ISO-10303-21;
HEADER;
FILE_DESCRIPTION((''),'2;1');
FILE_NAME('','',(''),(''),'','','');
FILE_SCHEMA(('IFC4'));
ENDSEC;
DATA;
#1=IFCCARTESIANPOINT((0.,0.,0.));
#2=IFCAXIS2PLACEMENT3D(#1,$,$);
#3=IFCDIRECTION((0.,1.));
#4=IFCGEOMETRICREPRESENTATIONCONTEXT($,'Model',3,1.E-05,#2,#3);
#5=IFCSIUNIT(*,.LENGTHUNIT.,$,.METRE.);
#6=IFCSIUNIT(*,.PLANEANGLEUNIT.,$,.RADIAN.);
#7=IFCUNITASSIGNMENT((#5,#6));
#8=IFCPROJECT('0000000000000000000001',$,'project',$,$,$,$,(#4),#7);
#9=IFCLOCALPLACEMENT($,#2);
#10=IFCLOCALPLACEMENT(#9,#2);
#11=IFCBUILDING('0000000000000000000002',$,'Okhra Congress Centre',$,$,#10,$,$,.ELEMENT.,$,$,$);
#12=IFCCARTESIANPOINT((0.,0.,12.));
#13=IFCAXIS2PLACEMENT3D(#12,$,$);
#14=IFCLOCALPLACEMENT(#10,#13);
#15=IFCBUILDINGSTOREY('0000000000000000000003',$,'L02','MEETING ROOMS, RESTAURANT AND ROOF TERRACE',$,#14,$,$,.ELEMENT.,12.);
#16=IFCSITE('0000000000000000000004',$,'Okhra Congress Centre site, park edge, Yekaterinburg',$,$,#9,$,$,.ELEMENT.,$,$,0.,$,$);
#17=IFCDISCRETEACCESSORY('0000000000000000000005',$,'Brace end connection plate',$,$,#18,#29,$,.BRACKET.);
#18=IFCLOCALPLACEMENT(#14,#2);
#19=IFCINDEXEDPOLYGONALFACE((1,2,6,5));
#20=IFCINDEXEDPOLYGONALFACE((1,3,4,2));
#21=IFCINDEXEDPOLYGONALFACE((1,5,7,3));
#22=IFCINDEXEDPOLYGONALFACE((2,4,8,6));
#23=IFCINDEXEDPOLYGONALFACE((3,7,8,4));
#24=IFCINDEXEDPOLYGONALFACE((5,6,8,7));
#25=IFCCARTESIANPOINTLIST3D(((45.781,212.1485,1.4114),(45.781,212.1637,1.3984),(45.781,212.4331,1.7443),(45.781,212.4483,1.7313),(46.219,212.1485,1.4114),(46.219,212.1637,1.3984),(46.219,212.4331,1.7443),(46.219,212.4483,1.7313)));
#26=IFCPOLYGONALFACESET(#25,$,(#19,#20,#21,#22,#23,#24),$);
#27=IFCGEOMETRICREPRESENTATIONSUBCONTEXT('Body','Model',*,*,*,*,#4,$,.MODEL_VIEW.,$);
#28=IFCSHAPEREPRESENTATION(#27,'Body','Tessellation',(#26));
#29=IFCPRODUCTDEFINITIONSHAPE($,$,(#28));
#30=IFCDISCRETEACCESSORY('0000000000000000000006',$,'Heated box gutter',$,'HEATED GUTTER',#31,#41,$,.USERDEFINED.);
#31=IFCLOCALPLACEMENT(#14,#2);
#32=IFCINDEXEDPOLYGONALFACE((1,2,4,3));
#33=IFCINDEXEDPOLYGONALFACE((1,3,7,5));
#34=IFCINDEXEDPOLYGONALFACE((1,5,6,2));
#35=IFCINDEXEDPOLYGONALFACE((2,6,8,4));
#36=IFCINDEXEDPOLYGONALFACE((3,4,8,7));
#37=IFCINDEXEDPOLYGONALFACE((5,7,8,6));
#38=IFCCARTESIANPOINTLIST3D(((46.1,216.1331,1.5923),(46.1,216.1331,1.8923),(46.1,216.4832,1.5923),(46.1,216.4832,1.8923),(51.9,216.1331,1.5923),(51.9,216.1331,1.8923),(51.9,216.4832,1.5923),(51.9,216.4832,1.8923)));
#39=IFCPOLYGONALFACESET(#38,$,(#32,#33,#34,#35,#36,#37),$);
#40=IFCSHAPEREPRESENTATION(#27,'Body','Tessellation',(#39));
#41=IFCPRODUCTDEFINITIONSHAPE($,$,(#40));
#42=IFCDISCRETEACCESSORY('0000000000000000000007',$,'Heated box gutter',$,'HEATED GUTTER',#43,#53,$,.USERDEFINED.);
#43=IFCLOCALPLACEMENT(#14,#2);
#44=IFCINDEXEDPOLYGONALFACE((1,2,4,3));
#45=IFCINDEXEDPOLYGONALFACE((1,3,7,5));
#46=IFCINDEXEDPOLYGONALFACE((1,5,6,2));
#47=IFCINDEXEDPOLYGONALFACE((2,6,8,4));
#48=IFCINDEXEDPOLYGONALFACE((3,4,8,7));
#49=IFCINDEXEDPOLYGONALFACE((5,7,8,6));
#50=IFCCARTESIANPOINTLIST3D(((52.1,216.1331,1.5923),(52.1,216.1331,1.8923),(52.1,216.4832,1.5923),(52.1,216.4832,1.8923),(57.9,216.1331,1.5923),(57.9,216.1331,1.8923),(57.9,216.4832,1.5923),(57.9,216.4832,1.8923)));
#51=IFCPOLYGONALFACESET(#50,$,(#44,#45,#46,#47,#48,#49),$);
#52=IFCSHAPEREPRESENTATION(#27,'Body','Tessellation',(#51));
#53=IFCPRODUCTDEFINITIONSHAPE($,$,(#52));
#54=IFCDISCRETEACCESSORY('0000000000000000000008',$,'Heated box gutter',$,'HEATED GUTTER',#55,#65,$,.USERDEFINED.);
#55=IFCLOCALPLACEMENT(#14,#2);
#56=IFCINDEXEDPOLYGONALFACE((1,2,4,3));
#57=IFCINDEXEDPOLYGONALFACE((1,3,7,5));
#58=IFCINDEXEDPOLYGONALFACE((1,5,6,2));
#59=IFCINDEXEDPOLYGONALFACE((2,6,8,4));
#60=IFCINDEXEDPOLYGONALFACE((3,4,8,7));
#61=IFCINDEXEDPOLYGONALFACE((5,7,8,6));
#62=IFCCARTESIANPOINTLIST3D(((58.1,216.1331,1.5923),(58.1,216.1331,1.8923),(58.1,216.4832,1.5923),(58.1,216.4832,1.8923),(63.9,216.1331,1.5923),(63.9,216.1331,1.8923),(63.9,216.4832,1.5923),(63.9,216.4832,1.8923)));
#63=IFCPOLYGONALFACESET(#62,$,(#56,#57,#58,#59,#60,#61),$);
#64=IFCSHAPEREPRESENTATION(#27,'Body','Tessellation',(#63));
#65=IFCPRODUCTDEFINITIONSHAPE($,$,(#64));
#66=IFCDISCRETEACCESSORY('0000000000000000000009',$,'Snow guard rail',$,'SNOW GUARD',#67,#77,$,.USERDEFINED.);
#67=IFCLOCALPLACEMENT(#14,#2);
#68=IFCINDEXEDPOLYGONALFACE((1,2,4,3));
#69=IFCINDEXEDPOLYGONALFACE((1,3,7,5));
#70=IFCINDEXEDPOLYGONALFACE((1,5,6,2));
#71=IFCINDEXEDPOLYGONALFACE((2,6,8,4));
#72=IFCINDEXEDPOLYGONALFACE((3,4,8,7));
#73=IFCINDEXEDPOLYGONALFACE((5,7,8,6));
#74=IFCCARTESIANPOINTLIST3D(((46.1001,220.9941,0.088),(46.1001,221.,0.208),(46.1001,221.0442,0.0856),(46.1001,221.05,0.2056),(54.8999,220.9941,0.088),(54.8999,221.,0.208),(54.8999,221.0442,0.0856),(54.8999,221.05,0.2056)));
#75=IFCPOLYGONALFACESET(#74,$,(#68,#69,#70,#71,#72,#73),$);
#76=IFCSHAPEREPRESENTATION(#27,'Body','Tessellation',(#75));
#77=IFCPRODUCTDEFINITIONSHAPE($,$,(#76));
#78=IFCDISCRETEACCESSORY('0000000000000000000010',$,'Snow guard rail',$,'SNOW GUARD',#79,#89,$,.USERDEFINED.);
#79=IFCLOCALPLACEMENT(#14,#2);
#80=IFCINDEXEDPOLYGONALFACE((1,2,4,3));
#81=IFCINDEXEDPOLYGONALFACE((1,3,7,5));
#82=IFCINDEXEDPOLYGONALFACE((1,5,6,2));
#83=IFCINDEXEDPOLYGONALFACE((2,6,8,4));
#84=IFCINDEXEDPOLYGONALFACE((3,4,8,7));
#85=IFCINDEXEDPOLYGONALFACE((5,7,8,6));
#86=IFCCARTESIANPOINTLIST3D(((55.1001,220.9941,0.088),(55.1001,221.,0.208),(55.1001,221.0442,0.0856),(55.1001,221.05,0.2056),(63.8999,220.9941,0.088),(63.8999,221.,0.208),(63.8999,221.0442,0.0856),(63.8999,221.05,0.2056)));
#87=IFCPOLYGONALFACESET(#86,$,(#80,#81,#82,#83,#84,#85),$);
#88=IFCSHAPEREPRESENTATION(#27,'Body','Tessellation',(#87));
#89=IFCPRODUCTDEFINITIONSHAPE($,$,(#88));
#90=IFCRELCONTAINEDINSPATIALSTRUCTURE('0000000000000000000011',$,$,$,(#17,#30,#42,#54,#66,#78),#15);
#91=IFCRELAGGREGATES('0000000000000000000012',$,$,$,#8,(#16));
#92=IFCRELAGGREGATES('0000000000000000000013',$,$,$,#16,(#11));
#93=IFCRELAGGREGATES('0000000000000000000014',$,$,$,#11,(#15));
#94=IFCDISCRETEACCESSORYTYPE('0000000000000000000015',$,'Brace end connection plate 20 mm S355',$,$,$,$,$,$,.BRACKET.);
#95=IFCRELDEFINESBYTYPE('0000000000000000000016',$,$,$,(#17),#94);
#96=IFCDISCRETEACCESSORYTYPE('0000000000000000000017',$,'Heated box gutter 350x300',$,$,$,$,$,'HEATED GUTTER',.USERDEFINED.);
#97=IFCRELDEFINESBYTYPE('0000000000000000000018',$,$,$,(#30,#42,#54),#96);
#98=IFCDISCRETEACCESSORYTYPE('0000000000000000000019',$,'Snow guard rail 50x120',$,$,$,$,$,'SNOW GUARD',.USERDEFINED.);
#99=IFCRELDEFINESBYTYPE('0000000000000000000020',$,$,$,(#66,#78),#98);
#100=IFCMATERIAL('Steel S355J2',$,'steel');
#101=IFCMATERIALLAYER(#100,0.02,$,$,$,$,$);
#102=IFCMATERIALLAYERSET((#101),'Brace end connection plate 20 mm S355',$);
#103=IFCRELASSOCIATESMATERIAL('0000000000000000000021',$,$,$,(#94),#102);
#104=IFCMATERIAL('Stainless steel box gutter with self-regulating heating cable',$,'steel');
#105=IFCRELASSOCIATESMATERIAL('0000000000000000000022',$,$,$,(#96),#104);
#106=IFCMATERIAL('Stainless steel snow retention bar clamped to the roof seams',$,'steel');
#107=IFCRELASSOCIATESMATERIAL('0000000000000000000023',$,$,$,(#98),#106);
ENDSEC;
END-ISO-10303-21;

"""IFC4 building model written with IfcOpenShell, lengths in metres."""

from ifc_helpers import new_model, si_unit, direction, frame, origin, origin_2d, place, context, subcontext, project, spatial, polyline, rectangle, outline, extrude, material, layer, layer_set, type_object, element, save


model = new_model("IFC4")

# Units and contexts
model_context = context("Model", 3, precision=1e-05, world=origin(), true_north=direction((0.0, 1.0)))
body_context = subcontext(model_context, "Body", "Model", "MODEL_VIEW")
ifc_project = project(units=[si_unit("LENGTHUNIT", "METRE"), si_unit("PLANEANGLEUNIT", "RADIAN")], contexts=[model_context])

# Site, building, storey
site_placement = place(None, origin())
site = spatial("IfcSite", under=ifc_project, at=site_placement, Name="Okhra Congress Centre site, park edge, Yekaterinburg", CompositionType="ELEMENT", RefElevation=0.0)
building_placement = place(site_placement, origin())
building = spatial("IfcBuilding", under=site, at=building_placement, Name="Okhra Congress Centre", CompositionType="ELEMENT")
storey_placement = place(building_placement, frame((0.0, 0.0, 12.0)))
storey = spatial("IfcBuildingStorey", under=building, at=storey_placement, Name="L02", Description="MEETING ROOMS, RESTAURANT AND ROOF TERRACE", CompositionType="ELEMENT", Elevation=12.0)

# Shared definitions
ifc_material_1 = material(Name="Steel S355J2", Category="steel")

# Discrete accessories
ifc_layer_1 = layer(ifc_material_1, 0.02)
ifc_layer_set_1 = layer_set([ifc_layer_1], Name="Brace end connection plate 20 mm S355")
discrete_accessory_type_1 = type_object("IfcDiscreteAccessoryType", Name="Brace end connection plate 20 mm S355", PredefinedType="BRACKET", material=ifc_layer_set_1)
for number, where, z_axis, x_axis, name in (
    (1, (46.0, 212.2908, 1.5779), (0.0, 0.760121, -0.649781), (-1.0, 0.0, 0.0), "Brace end connection plate"),
):
    element("IfcDiscreteAccessory", number, at=place(storey_placement, frame(where, z_axis=z_axis, x_axis=x_axis)), inside=storey, type_object=discrete_accessory_type_1, Name=name, PredefinedType="BRACKET", context=body_context, shape_type="SweptSolid", body=[
        extrude(rectangle(XDim=0.438, YDim=0.438, at=origin_2d()), origin(), (0.0, 0.0, 1.0), 0.02),
    ])
ifc_material_2 = material(Name="Stainless steel box gutter with self-regulating heating cable", Category="steel")
discrete_accessory_type_2 = type_object("IfcDiscreteAccessoryType", Name="Heated box gutter 350x300", ElementType="HEATED GUTTER", PredefinedType="USERDEFINED", material=ifc_material_2)
for number, where, z_axis, x_axis, name in (
    (2, (49.0, 216.3081, 1.5923), (0.0, 0.0, 1.0), (1.0, 0.0, 0.0), "Heated box gutter"),
    (3, (55.0, 216.3081, 1.5923), (0.0, 0.0, 1.0), (1.0, 0.0, 0.0), "Heated box gutter"),
    (4, (61.0, 216.3081, 1.5923), (0.0, 0.0, 1.0), (1.0, 0.0, 0.0), "Heated box gutter"),
):
    element("IfcDiscreteAccessory", number, at=place(storey_placement, frame(where, z_axis=z_axis, x_axis=x_axis)), inside=storey, type_object=discrete_accessory_type_2, Name=name, ObjectType="HEATED GUTTER", PredefinedType="USERDEFINED", context=body_context, shape_type="SweptSolid", body=[
        extrude(rectangle(XDim=5.8, YDim=0.3501, at=origin_2d()), origin(), (0.0, 0.0, 1.0), 0.3),
    ])
ifc_material_3 = material(Name="Stainless steel snow retention bar clamped to the roof seams", Category="steel")
discrete_accessory_type_3 = type_object("IfcDiscreteAccessoryType", Name="Snow guard rail 50x120", ElementType="SNOW GUARD", PredefinedType="USERDEFINED", material=ifc_material_3)
for number, where, z_axis, x_axis, name in (
    (5, (46.1001, 221.0, 0.208), (0.0, 0.048723, 0.998812), (1.0, 0.0, 0.0), "Snow guard rail"),
    (6, (55.1001, 221.0, 0.208), (0.0, 0.048723, 0.998812), (1.0, 0.0, 0.0), "Snow guard rail"),
):
    element("IfcDiscreteAccessory", number, at=place(storey_placement, frame(where, z_axis=z_axis, x_axis=x_axis)), inside=storey, type_object=discrete_accessory_type_3, Name=name, ObjectType="SNOW GUARD", PredefinedType="USERDEFINED", context=body_context, shape_type="SweptSolid", body=[
        extrude(outline(polyline([(0.0, 0.0), (8.7998, 0.0), (8.7998, 0.0501), (0.0, 0.0501), (0.0, 0.0)])), origin(), (0.0, 0.0, -1.0), 0.1201),
    ])

save(model, "model.ifc")
